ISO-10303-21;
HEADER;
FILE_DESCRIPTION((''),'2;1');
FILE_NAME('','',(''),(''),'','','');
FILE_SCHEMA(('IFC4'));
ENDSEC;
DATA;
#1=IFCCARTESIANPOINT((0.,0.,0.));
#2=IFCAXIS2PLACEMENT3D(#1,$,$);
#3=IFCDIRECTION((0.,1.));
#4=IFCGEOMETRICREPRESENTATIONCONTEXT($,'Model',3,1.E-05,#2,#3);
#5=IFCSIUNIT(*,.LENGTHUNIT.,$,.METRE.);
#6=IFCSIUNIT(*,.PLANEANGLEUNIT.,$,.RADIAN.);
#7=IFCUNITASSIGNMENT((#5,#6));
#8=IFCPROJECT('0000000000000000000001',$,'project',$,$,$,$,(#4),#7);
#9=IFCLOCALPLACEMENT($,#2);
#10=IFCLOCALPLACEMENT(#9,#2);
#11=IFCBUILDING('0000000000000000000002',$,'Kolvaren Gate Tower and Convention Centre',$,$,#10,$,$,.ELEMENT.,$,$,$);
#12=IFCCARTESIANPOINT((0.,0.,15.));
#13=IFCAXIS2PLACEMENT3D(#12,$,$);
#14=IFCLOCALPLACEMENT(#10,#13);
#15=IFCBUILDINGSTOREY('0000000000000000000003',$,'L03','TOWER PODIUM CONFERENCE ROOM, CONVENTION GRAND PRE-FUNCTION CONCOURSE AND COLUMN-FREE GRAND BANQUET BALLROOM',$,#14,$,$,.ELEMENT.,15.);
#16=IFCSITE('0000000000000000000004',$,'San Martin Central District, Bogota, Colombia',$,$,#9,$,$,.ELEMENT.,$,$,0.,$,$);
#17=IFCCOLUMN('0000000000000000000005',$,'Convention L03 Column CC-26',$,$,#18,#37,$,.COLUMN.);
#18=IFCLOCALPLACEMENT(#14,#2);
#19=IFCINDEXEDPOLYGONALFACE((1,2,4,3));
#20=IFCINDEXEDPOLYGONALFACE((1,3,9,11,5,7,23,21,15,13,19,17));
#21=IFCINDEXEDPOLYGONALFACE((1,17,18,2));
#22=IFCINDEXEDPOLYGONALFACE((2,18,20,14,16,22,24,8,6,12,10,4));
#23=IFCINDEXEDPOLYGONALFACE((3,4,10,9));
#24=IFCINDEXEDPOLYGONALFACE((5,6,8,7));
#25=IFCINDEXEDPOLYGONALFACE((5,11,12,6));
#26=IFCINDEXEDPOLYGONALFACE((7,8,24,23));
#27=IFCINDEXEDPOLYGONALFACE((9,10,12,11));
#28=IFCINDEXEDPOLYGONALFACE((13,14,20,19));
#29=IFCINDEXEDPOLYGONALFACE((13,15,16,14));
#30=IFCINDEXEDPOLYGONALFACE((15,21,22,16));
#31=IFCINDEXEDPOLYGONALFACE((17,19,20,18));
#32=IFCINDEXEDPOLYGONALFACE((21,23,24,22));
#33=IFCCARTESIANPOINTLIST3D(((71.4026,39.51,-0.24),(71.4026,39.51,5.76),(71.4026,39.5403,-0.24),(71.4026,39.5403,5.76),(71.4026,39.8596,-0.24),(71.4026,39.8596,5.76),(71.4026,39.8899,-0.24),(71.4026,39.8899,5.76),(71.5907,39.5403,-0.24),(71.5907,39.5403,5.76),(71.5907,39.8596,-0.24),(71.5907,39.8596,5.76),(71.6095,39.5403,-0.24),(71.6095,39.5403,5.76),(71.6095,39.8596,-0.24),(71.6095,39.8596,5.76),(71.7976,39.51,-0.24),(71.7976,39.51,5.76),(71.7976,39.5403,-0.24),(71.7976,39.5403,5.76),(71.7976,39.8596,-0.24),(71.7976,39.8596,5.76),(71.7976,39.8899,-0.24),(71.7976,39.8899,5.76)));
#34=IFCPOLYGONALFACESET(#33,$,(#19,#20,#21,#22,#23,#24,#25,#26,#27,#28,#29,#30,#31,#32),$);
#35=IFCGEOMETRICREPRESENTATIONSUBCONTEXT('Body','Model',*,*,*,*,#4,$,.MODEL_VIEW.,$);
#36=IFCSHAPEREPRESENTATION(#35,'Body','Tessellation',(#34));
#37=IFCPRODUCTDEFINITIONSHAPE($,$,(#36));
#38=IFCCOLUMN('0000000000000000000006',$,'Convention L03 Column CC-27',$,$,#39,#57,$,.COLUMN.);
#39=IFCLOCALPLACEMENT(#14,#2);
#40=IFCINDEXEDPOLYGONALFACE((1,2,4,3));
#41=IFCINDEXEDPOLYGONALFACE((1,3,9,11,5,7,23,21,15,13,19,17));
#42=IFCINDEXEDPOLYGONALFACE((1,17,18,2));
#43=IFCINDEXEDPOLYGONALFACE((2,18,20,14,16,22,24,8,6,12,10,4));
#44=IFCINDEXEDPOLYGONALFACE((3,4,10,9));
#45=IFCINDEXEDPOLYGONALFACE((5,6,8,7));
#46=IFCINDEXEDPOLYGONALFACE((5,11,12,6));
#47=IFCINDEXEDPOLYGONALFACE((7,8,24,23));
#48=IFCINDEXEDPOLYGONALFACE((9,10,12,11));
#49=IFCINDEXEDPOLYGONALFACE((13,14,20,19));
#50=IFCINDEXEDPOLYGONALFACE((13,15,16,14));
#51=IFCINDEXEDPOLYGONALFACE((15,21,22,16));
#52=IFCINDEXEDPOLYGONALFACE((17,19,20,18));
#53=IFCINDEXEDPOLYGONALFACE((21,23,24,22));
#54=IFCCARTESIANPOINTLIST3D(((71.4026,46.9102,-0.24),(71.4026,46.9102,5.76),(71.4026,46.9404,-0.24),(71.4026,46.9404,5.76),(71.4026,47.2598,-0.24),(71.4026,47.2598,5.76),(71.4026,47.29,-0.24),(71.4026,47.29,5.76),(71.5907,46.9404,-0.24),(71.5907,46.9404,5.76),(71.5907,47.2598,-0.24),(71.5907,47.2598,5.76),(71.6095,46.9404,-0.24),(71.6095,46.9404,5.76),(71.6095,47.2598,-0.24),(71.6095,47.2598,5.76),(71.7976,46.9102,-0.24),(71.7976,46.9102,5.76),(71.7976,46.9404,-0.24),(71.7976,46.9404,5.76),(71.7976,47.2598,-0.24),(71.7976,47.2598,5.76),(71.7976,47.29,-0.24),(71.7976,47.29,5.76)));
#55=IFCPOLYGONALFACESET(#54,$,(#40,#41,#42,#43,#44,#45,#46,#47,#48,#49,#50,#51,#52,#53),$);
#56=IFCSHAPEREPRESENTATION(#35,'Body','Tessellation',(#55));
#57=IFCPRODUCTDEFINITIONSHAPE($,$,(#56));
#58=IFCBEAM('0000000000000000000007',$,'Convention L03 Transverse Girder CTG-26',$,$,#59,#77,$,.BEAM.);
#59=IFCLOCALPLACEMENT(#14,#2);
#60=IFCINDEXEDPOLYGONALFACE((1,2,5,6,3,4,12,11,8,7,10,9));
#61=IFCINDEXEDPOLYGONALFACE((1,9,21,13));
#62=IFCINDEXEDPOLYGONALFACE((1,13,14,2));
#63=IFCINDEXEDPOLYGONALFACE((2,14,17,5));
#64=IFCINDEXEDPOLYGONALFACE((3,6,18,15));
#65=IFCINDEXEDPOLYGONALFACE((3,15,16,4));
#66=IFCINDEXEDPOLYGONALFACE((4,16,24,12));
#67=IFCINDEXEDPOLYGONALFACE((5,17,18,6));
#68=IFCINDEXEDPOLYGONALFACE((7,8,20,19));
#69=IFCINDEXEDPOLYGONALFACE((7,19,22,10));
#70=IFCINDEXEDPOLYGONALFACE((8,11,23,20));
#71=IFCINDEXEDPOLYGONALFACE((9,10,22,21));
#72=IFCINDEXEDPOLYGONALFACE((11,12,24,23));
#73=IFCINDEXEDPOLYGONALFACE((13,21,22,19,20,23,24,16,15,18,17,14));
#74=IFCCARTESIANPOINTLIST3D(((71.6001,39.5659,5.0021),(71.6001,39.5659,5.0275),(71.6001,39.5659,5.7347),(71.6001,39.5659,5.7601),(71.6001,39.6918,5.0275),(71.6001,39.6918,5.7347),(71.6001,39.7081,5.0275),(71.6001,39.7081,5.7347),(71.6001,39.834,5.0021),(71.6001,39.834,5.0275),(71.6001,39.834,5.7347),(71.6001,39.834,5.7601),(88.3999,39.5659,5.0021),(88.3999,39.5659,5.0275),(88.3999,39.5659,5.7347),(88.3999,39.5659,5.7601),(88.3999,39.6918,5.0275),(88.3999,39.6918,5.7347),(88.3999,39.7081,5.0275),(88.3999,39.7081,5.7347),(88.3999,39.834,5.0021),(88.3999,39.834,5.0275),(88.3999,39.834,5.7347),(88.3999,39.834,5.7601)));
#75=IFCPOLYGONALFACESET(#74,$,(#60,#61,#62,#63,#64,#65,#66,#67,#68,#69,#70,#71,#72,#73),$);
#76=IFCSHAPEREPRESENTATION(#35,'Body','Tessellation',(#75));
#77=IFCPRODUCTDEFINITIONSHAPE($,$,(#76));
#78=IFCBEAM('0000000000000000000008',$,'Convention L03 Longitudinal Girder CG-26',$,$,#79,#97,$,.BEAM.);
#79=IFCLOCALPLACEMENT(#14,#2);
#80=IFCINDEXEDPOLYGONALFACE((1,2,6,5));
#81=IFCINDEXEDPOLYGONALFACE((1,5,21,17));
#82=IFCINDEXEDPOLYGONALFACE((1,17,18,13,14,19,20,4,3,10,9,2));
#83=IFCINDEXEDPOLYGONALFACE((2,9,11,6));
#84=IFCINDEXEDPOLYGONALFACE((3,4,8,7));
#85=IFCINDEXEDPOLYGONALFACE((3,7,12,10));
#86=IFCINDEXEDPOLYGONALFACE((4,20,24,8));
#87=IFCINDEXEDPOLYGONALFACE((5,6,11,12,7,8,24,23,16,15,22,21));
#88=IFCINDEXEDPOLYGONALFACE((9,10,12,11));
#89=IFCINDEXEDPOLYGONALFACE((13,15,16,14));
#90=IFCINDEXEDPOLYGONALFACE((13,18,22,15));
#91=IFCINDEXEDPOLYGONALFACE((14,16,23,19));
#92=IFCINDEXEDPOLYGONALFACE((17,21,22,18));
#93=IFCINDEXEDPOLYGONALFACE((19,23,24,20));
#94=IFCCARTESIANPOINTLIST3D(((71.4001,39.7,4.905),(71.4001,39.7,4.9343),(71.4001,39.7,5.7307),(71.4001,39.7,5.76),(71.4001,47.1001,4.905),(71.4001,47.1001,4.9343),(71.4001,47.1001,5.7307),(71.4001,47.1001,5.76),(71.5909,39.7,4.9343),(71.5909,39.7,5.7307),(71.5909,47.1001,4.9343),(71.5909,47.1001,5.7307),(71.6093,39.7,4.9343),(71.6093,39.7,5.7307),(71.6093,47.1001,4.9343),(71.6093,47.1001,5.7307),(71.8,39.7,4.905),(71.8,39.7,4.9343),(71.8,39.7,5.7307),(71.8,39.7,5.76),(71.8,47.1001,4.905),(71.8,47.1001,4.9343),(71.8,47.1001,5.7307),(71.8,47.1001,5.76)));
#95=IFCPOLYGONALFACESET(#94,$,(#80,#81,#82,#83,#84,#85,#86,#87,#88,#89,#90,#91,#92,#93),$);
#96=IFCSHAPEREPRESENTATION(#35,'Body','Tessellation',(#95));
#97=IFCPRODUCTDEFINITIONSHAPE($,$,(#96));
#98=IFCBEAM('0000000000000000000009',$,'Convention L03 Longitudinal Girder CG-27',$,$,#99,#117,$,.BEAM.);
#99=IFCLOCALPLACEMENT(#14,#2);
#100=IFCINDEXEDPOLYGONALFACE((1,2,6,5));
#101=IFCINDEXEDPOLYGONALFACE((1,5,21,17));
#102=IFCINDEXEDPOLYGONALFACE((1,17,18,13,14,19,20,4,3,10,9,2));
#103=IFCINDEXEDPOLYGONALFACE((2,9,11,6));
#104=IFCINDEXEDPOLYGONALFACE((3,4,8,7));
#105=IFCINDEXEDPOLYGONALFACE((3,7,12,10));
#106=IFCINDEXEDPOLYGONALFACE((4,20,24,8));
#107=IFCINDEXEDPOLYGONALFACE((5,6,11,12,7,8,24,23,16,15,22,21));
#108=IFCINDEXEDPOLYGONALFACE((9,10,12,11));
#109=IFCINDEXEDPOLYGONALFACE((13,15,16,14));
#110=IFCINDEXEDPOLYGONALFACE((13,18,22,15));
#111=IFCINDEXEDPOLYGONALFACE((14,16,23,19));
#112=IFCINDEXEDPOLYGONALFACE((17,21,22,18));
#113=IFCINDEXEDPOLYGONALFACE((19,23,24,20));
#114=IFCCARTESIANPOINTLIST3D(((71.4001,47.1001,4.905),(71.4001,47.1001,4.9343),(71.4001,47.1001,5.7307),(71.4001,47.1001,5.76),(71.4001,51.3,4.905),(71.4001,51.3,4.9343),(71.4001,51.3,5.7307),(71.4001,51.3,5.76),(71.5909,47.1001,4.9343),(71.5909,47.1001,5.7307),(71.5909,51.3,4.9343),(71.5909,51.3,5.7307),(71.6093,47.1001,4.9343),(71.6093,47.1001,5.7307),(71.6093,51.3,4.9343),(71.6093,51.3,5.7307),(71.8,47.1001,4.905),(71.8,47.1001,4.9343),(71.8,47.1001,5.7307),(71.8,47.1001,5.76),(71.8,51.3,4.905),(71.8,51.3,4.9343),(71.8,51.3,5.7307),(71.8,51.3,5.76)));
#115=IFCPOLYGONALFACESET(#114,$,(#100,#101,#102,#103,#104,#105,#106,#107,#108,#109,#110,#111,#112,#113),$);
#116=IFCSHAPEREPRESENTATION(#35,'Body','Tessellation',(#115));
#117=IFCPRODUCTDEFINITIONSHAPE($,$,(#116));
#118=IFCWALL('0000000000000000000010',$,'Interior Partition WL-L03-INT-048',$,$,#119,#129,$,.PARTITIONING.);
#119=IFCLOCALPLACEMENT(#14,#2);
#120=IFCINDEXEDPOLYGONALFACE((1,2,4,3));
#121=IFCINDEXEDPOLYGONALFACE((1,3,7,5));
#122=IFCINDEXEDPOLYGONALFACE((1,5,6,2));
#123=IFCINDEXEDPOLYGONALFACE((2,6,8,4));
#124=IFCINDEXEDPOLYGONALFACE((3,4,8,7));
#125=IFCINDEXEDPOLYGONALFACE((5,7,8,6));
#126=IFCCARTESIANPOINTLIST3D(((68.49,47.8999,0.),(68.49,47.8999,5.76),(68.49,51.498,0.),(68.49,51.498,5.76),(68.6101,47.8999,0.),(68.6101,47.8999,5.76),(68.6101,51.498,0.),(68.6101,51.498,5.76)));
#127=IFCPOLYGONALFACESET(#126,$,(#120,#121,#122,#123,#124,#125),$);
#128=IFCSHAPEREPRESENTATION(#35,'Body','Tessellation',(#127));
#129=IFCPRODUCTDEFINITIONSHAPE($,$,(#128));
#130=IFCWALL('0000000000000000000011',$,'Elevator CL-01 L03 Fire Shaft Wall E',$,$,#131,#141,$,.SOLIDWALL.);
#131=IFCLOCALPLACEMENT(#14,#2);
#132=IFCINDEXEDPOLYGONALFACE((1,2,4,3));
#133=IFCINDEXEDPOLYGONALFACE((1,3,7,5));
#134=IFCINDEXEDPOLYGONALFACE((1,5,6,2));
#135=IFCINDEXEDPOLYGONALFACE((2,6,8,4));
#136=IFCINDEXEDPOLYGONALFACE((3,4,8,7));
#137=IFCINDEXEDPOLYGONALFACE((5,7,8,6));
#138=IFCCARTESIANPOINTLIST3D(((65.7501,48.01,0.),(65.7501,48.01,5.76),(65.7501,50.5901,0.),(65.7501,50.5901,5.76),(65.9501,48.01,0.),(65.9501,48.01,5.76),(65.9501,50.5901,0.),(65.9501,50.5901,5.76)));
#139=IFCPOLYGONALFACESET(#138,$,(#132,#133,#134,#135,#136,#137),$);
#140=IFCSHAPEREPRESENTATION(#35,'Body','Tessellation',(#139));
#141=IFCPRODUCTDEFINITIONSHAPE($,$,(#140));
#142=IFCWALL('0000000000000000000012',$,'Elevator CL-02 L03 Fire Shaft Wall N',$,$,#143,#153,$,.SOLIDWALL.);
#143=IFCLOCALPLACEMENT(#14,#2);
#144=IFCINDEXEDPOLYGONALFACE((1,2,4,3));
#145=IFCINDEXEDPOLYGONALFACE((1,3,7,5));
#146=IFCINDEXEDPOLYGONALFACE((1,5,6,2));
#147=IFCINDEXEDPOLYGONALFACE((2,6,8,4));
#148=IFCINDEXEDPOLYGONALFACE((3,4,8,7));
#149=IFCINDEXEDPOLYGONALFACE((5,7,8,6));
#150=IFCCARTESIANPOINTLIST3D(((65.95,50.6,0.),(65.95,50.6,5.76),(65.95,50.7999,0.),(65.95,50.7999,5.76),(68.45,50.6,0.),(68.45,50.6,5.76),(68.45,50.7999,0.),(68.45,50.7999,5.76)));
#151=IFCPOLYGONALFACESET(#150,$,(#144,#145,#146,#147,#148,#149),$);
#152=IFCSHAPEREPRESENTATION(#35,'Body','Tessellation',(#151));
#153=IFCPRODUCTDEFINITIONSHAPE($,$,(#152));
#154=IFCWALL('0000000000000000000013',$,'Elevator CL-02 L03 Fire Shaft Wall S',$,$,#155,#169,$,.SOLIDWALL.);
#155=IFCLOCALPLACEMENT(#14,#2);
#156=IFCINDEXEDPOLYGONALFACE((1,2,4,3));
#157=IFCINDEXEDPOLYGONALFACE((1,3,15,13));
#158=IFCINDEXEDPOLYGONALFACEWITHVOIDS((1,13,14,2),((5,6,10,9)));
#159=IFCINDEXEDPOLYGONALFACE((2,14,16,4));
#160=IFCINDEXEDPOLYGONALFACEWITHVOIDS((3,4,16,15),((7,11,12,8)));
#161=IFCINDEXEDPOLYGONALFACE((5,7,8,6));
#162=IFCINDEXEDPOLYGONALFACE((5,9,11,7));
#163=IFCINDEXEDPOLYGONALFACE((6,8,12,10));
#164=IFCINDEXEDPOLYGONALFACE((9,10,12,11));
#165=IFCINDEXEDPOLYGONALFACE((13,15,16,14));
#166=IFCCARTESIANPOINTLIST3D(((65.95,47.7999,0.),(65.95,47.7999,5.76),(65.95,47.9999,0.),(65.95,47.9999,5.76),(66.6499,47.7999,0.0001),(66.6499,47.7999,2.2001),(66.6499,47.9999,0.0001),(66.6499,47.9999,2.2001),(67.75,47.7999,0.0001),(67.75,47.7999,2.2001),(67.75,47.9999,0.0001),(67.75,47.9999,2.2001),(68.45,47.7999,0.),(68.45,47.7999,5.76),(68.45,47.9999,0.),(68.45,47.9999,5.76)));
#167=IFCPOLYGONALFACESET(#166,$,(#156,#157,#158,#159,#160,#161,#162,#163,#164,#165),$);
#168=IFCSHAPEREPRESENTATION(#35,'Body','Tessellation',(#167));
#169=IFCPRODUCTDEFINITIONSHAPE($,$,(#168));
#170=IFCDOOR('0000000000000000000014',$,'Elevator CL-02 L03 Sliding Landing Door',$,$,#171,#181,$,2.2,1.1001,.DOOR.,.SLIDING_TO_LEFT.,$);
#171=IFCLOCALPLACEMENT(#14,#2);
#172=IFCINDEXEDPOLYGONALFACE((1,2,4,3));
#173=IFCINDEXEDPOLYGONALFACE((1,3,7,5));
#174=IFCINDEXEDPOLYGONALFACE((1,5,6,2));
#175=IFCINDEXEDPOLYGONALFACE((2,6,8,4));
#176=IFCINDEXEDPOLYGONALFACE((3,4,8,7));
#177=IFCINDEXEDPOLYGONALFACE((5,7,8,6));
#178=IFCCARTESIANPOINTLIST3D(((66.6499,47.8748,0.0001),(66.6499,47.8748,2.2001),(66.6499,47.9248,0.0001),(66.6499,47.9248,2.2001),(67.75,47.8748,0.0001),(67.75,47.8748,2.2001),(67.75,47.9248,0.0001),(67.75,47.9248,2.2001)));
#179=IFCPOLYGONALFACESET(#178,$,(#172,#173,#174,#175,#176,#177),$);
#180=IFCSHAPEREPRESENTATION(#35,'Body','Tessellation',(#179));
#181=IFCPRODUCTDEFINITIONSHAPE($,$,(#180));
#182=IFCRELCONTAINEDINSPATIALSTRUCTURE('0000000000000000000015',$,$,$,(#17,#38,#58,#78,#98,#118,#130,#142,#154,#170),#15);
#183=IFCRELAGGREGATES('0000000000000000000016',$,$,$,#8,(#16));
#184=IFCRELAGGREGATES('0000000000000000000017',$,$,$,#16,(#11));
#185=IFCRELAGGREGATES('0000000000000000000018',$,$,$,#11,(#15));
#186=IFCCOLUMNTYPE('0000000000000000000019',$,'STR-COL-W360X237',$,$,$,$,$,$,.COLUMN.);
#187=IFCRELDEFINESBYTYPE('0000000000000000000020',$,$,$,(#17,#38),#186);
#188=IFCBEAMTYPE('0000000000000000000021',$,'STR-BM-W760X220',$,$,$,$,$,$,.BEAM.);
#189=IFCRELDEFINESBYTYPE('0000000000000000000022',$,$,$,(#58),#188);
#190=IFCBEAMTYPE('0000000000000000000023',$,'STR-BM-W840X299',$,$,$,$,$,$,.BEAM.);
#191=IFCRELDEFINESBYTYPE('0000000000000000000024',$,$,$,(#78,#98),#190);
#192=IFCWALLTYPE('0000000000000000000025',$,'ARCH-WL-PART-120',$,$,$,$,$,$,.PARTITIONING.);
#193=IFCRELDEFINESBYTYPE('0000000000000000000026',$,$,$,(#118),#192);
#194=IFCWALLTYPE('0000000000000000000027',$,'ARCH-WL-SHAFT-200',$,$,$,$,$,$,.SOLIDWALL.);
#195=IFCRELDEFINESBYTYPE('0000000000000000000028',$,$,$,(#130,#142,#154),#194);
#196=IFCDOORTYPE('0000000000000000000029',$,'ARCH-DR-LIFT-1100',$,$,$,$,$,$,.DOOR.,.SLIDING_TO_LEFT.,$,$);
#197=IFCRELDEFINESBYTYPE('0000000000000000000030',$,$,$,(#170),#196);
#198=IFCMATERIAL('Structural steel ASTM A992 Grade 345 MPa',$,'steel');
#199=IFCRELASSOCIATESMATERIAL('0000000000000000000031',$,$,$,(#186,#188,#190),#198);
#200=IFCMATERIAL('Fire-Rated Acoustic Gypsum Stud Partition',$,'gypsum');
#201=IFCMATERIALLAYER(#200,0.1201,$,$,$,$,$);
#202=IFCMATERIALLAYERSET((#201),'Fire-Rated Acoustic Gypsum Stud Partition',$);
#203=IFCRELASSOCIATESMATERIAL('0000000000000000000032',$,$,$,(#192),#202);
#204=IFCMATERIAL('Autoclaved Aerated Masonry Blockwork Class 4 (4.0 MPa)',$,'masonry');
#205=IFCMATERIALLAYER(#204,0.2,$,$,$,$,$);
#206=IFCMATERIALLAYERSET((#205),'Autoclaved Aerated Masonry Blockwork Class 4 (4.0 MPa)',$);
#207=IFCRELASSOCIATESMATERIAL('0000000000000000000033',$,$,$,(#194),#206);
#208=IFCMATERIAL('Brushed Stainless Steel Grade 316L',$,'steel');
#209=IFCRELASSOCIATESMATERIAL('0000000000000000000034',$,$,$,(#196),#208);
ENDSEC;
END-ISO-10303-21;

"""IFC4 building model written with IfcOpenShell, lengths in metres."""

from ifc_helpers import new_model, si_unit, direction, frame, frame_2d, origin, origin_2d, place, context, subcontext, project, spatial, rectangle, i_section, extrude, material, layer, layer_set, material_profile, profile_set, type_object, element, fill, save


model = new_model("IFC4")

# Units and contexts
model_context = context("Model", 3, precision=1e-05, world=origin(), true_north=direction((0.0, 1.0)))
body_context = subcontext(model_context, "Body", "Model", "MODEL_VIEW")
ifc_project = project(units=[si_unit("LENGTHUNIT", "METRE"), si_unit("PLANEANGLEUNIT", "RADIAN")], contexts=[model_context])

# Site, building, storey
site_placement = place(None, origin())
site = spatial("IfcSite", under=ifc_project, at=site_placement, Name="San Martin Central District, Bogota, Colombia", CompositionType="ELEMENT", RefElevation=0.0)
building_placement = place(site_placement, origin())
building = spatial("IfcBuilding", under=site, at=building_placement, Name="Kolvaren Gate Tower and Convention Centre", CompositionType="ELEMENT")
storey_placement = place(building_placement, frame((0.0, 0.0, 15.0)))
storey = spatial("IfcBuildingStorey", under=building, at=storey_placement, Name="L03", Description="TOWER PODIUM CONFERENCE ROOM, CONVENTION GRAND PRE-FUNCTION CONCOURSE AND COLUMN-FREE GRAND BANQUET BALLROOM", CompositionType="ELEMENT", Elevation=15.0)

# Columns
ifc_material_1 = material(Name="Structural steel ASTM A992 Grade 345 MPa", Category="steel")
ifc_material_profile_1 = material_profile(ifc_material_1, i_section(OverallWidth=0.395, OverallDepth=0.3799, WebThickness=0.0188, FlangeThickness=0.0303, at=origin_2d()), Name="W360X237")
ifc_profile_set_1 = profile_set([ifc_material_profile_1], Name="Structural steel ASTM A992 Grade 345 MPa")
column_type = type_object("IfcColumnType", Name="STR-COL-W360X237", PredefinedType="COLUMN", material=ifc_profile_set_1)
for number, where, z_axis, x_axis, name in (
    (1, (71.6001, 39.7, -0.24), (0.0, 0.0, 1.0), (1.0, 0.0, 0.0), "Convention L03 Column CC-26"),
    (2, (71.6001, 47.1001, -0.24), (0.0, 0.0, 1.0), (1.0, 0.0, 0.0), "Convention L03 Column CC-27"),
):
    element("IfcColumn", number, at=place(storey_placement, frame(where, z_axis=z_axis, x_axis=x_axis)), inside=storey, type_object=column_type, Name=name, PredefinedType="COLUMN", context=body_context, shape_type="SweptSolid", body=[
        extrude(i_section(OverallWidth=0.395, OverallDepth=0.3799, WebThickness=0.0188, FlangeThickness=0.0303, at=origin_2d()), origin(), (0.0, 0.0, 1.0), 6.0),
    ])

# Beams
ifc_material_profile_2 = material_profile(ifc_material_1, i_section(OverallWidth=0.2681, OverallDepth=0.7581, WebThickness=0.0164, FlangeThickness=0.0254, at=origin_2d()), Name="W760X220")
ifc_profile_set_2 = profile_set([ifc_material_profile_2], Name="Structural steel ASTM A992 Grade 345 MPa")
beam_type_1 = type_object("IfcBeamType", Name="STR-BM-W760X220", PredefinedType="BEAM", material=ifc_profile_set_2)
beam_1_placement = place(storey_placement, frame((71.6001, 39.7, 5.3811), z_axis=(1.0, 0.0, 0.0), x_axis=(0.0, 1.0, 0.0)))
element("IfcBeam", 3, at=beam_1_placement, inside=storey, type_object=beam_type_1, Name="Convention L03 Transverse Girder CTG-26", PredefinedType="BEAM", context=body_context, shape_type="SweptSolid", body=[
    extrude(i_section(OverallWidth=0.2681, OverallDepth=0.7581, WebThickness=0.0164, FlangeThickness=0.0254, at=origin_2d()), origin(), (0.0, 0.0, 1.0), 16.7998),
])
ifc_material_profile_3 = material_profile(ifc_material_1, i_section(OverallWidth=0.3999, OverallDepth=0.855, WebThickness=0.0183, FlangeThickness=0.0293, at=origin_2d()), Name="W840X299")
ifc_profile_set_3 = profile_set([ifc_material_profile_3], Name="Structural steel ASTM A992 Grade 345 MPa")
beam_type_2 = type_object("IfcBeamType", Name="STR-BM-W840X299", PredefinedType="BEAM", material=ifc_profile_set_3)
beam_2_placement = place(storey_placement, frame((71.6001, 39.7, 5.3325), z_axis=(0.0, 1.0, 0.0), x_axis=(-1.0, 0.0, 0.0)))
element("IfcBeam", 4, at=beam_2_placement, inside=storey, type_object=beam_type_2, Name="Convention L03 Longitudinal Girder CG-26", PredefinedType="BEAM", context=body_context, shape_type="SweptSolid", body=[
    extrude(i_section(OverallWidth=0.3999, OverallDepth=0.855, WebThickness=0.0183, FlangeThickness=0.0293, at=origin_2d()), origin(), (0.0, 0.0, 1.0), 7.4001),
])
beam_3_placement = place(storey_placement, frame((71.6001, 47.1001, 5.3325), z_axis=(0.0, 1.0, 0.0), x_axis=(-1.0, 0.0, 0.0)))
element("IfcBeam", 5, at=beam_3_placement, inside=storey, type_object=beam_type_2, Name="Convention L03 Longitudinal Girder CG-27", PredefinedType="BEAM", context=body_context, shape_type="SweptSolid", body=[
    extrude(i_section(OverallWidth=0.3999, OverallDepth=0.855, WebThickness=0.0183, FlangeThickness=0.0293, at=origin_2d()), origin(), (0.0, 0.0, 1.0), 4.2),
])

# Walls
ifc_material_2 = material(Name="Fire-Rated Acoustic Gypsum Stud Partition", Category="gypsum")
ifc_layer_1 = layer(ifc_material_2, 0.1201)
ifc_layer_set_1 = layer_set([ifc_layer_1], Name="Fire-Rated Acoustic Gypsum Stud Partition")
wall_type_1 = type_object("IfcWallType", Name="ARCH-WL-PART-120", PredefinedType="PARTITIONING", material=ifc_layer_set_1)
wall_1_placement = place(storey_placement, frame((68.55, 47.8999, 0.0), z_axis=(0.0, 0.0, 1.0), x_axis=(0.0, 1.0, 0.0)))
element("IfcWall", 6, at=wall_1_placement, inside=storey, type_object=wall_type_1, Name="Interior Partition WL-L03-INT-048", PredefinedType="PARTITIONING", context=body_context, shape_type="SweptSolid", body=[
    extrude(rectangle(XDim=3.5981, YDim=0.1201, at=frame_2d((1.7991, 0.0))), origin(), (0.0, 0.0, 1.0), 5.76),
])
ifc_material_3 = material(Name="Autoclaved Aerated Masonry Blockwork Class 4 (4.0 MPa)", Category="masonry")
ifc_layer_2 = layer(ifc_material_3, 0.2)
ifc_layer_set_2 = layer_set([ifc_layer_2], Name="Autoclaved Aerated Masonry Blockwork Class 4 (4.0 MPa)")
wall_type_2 = type_object("IfcWallType", Name="ARCH-WL-SHAFT-200", PredefinedType="SOLIDWALL", material=ifc_layer_set_2)
wall_2_placement = place(storey_placement, frame((65.8501, 48.01, 0.0), z_axis=(0.0, 0.0, 1.0), x_axis=(0.0, 1.0, 0.0)))
element("IfcWall", 7, at=wall_2_placement, inside=storey, type_object=wall_type_2, Name="Elevator CL-01 L03 Fire Shaft Wall E", PredefinedType="SOLIDWALL", context=body_context, shape_type="SweptSolid", body=[
    extrude(rectangle(XDim=2.5801, YDim=0.2, at=frame_2d((1.29, 0.0))), origin(), (0.0, 0.0, 1.0), 5.76),
])
wall_3_placement = place(storey_placement, frame((65.95, 50.7, 0.0), z_axis=(0.0, 0.0, 1.0), x_axis=(1.0, 0.0, 0.0)))
element("IfcWall", 8, at=wall_3_placement, inside=storey, type_object=wall_type_2, Name="Elevator CL-02 L03 Fire Shaft Wall N", PredefinedType="SOLIDWALL", context=body_context, shape_type="SweptSolid", body=[
    extrude(rectangle(XDim=2.5, YDim=0.2, at=frame_2d((1.25, 0.0))), origin(), (0.0, 0.0, 1.0), 5.76),
])

# Wall, opening, door
wall_4_placement = place(storey_placement, frame((65.95, 47.8999, 0.0), z_axis=(0.0, 0.0, 1.0), x_axis=(1.0, 0.0, 0.0)))
wall_4 = element("IfcWall", 9, at=wall_4_placement, inside=storey, type_object=wall_type_2, Name="Elevator CL-02 L03 Fire Shaft Wall S", PredefinedType="SOLIDWALL", context=body_context, shape_type="SweptSolid", body=[
    extrude(rectangle(XDim=2.5, YDim=0.2, at=frame_2d((1.25, 0.0))), origin(), (0.0, 0.0, 1.0), 5.76),
])
opening_1_placement = place(wall_4_placement, frame((0.7, 0.0, 0.0)))
opening_1 = element("IfcOpeningElement", 10, at=opening_1_placement, cuts=wall_4, PredefinedType="OPENING", context=body_context, shape_type="SweptSolid", body=[
    extrude(rectangle(XDim=1.1001, YDim=2.2, at=frame_2d((0.55, 1.1001))), frame((0.0, 0.1099, 0.0), z_axis=(0.0, -1.0, 0.0), x_axis=(1.0, 0.0, 0.0)), (0.0, 0.0, 1.0), 0.22),
])
ifc_material_4 = material(Name="Brushed Stainless Steel Grade 316L", Category="steel")
door_type_1 = type_object("IfcDoorType", Name="ARCH-DR-LIFT-1100", OperationType="SLIDING_TO_LEFT", PredefinedType="DOOR", material=ifc_material_4)
door_1_placement = place(opening_1_placement, origin())
door_1 = element("IfcDoor", 11, at=door_1_placement, inside=storey, type_object=door_type_1, Name="Elevator CL-02 L03 Sliding Landing Door", OperationType="SLIDING_TO_LEFT", OverallHeight=2.2, OverallWidth=1.1001, PredefinedType="DOOR", context=body_context, shape_type="SweptSolid", body=[
    extrude(rectangle(XDim=1.1001, YDim=2.2, at=frame_2d((0.55, 1.1001))), frame((0.0, 0.0249, 0.0), z_axis=(0.0, -1.0, 0.0), x_axis=(1.0, 0.0, 0.0)), (0.0, 0.0, 1.0), 0.05),
])
fill(opening_1, door_1)

save(model, "model.ifc")
